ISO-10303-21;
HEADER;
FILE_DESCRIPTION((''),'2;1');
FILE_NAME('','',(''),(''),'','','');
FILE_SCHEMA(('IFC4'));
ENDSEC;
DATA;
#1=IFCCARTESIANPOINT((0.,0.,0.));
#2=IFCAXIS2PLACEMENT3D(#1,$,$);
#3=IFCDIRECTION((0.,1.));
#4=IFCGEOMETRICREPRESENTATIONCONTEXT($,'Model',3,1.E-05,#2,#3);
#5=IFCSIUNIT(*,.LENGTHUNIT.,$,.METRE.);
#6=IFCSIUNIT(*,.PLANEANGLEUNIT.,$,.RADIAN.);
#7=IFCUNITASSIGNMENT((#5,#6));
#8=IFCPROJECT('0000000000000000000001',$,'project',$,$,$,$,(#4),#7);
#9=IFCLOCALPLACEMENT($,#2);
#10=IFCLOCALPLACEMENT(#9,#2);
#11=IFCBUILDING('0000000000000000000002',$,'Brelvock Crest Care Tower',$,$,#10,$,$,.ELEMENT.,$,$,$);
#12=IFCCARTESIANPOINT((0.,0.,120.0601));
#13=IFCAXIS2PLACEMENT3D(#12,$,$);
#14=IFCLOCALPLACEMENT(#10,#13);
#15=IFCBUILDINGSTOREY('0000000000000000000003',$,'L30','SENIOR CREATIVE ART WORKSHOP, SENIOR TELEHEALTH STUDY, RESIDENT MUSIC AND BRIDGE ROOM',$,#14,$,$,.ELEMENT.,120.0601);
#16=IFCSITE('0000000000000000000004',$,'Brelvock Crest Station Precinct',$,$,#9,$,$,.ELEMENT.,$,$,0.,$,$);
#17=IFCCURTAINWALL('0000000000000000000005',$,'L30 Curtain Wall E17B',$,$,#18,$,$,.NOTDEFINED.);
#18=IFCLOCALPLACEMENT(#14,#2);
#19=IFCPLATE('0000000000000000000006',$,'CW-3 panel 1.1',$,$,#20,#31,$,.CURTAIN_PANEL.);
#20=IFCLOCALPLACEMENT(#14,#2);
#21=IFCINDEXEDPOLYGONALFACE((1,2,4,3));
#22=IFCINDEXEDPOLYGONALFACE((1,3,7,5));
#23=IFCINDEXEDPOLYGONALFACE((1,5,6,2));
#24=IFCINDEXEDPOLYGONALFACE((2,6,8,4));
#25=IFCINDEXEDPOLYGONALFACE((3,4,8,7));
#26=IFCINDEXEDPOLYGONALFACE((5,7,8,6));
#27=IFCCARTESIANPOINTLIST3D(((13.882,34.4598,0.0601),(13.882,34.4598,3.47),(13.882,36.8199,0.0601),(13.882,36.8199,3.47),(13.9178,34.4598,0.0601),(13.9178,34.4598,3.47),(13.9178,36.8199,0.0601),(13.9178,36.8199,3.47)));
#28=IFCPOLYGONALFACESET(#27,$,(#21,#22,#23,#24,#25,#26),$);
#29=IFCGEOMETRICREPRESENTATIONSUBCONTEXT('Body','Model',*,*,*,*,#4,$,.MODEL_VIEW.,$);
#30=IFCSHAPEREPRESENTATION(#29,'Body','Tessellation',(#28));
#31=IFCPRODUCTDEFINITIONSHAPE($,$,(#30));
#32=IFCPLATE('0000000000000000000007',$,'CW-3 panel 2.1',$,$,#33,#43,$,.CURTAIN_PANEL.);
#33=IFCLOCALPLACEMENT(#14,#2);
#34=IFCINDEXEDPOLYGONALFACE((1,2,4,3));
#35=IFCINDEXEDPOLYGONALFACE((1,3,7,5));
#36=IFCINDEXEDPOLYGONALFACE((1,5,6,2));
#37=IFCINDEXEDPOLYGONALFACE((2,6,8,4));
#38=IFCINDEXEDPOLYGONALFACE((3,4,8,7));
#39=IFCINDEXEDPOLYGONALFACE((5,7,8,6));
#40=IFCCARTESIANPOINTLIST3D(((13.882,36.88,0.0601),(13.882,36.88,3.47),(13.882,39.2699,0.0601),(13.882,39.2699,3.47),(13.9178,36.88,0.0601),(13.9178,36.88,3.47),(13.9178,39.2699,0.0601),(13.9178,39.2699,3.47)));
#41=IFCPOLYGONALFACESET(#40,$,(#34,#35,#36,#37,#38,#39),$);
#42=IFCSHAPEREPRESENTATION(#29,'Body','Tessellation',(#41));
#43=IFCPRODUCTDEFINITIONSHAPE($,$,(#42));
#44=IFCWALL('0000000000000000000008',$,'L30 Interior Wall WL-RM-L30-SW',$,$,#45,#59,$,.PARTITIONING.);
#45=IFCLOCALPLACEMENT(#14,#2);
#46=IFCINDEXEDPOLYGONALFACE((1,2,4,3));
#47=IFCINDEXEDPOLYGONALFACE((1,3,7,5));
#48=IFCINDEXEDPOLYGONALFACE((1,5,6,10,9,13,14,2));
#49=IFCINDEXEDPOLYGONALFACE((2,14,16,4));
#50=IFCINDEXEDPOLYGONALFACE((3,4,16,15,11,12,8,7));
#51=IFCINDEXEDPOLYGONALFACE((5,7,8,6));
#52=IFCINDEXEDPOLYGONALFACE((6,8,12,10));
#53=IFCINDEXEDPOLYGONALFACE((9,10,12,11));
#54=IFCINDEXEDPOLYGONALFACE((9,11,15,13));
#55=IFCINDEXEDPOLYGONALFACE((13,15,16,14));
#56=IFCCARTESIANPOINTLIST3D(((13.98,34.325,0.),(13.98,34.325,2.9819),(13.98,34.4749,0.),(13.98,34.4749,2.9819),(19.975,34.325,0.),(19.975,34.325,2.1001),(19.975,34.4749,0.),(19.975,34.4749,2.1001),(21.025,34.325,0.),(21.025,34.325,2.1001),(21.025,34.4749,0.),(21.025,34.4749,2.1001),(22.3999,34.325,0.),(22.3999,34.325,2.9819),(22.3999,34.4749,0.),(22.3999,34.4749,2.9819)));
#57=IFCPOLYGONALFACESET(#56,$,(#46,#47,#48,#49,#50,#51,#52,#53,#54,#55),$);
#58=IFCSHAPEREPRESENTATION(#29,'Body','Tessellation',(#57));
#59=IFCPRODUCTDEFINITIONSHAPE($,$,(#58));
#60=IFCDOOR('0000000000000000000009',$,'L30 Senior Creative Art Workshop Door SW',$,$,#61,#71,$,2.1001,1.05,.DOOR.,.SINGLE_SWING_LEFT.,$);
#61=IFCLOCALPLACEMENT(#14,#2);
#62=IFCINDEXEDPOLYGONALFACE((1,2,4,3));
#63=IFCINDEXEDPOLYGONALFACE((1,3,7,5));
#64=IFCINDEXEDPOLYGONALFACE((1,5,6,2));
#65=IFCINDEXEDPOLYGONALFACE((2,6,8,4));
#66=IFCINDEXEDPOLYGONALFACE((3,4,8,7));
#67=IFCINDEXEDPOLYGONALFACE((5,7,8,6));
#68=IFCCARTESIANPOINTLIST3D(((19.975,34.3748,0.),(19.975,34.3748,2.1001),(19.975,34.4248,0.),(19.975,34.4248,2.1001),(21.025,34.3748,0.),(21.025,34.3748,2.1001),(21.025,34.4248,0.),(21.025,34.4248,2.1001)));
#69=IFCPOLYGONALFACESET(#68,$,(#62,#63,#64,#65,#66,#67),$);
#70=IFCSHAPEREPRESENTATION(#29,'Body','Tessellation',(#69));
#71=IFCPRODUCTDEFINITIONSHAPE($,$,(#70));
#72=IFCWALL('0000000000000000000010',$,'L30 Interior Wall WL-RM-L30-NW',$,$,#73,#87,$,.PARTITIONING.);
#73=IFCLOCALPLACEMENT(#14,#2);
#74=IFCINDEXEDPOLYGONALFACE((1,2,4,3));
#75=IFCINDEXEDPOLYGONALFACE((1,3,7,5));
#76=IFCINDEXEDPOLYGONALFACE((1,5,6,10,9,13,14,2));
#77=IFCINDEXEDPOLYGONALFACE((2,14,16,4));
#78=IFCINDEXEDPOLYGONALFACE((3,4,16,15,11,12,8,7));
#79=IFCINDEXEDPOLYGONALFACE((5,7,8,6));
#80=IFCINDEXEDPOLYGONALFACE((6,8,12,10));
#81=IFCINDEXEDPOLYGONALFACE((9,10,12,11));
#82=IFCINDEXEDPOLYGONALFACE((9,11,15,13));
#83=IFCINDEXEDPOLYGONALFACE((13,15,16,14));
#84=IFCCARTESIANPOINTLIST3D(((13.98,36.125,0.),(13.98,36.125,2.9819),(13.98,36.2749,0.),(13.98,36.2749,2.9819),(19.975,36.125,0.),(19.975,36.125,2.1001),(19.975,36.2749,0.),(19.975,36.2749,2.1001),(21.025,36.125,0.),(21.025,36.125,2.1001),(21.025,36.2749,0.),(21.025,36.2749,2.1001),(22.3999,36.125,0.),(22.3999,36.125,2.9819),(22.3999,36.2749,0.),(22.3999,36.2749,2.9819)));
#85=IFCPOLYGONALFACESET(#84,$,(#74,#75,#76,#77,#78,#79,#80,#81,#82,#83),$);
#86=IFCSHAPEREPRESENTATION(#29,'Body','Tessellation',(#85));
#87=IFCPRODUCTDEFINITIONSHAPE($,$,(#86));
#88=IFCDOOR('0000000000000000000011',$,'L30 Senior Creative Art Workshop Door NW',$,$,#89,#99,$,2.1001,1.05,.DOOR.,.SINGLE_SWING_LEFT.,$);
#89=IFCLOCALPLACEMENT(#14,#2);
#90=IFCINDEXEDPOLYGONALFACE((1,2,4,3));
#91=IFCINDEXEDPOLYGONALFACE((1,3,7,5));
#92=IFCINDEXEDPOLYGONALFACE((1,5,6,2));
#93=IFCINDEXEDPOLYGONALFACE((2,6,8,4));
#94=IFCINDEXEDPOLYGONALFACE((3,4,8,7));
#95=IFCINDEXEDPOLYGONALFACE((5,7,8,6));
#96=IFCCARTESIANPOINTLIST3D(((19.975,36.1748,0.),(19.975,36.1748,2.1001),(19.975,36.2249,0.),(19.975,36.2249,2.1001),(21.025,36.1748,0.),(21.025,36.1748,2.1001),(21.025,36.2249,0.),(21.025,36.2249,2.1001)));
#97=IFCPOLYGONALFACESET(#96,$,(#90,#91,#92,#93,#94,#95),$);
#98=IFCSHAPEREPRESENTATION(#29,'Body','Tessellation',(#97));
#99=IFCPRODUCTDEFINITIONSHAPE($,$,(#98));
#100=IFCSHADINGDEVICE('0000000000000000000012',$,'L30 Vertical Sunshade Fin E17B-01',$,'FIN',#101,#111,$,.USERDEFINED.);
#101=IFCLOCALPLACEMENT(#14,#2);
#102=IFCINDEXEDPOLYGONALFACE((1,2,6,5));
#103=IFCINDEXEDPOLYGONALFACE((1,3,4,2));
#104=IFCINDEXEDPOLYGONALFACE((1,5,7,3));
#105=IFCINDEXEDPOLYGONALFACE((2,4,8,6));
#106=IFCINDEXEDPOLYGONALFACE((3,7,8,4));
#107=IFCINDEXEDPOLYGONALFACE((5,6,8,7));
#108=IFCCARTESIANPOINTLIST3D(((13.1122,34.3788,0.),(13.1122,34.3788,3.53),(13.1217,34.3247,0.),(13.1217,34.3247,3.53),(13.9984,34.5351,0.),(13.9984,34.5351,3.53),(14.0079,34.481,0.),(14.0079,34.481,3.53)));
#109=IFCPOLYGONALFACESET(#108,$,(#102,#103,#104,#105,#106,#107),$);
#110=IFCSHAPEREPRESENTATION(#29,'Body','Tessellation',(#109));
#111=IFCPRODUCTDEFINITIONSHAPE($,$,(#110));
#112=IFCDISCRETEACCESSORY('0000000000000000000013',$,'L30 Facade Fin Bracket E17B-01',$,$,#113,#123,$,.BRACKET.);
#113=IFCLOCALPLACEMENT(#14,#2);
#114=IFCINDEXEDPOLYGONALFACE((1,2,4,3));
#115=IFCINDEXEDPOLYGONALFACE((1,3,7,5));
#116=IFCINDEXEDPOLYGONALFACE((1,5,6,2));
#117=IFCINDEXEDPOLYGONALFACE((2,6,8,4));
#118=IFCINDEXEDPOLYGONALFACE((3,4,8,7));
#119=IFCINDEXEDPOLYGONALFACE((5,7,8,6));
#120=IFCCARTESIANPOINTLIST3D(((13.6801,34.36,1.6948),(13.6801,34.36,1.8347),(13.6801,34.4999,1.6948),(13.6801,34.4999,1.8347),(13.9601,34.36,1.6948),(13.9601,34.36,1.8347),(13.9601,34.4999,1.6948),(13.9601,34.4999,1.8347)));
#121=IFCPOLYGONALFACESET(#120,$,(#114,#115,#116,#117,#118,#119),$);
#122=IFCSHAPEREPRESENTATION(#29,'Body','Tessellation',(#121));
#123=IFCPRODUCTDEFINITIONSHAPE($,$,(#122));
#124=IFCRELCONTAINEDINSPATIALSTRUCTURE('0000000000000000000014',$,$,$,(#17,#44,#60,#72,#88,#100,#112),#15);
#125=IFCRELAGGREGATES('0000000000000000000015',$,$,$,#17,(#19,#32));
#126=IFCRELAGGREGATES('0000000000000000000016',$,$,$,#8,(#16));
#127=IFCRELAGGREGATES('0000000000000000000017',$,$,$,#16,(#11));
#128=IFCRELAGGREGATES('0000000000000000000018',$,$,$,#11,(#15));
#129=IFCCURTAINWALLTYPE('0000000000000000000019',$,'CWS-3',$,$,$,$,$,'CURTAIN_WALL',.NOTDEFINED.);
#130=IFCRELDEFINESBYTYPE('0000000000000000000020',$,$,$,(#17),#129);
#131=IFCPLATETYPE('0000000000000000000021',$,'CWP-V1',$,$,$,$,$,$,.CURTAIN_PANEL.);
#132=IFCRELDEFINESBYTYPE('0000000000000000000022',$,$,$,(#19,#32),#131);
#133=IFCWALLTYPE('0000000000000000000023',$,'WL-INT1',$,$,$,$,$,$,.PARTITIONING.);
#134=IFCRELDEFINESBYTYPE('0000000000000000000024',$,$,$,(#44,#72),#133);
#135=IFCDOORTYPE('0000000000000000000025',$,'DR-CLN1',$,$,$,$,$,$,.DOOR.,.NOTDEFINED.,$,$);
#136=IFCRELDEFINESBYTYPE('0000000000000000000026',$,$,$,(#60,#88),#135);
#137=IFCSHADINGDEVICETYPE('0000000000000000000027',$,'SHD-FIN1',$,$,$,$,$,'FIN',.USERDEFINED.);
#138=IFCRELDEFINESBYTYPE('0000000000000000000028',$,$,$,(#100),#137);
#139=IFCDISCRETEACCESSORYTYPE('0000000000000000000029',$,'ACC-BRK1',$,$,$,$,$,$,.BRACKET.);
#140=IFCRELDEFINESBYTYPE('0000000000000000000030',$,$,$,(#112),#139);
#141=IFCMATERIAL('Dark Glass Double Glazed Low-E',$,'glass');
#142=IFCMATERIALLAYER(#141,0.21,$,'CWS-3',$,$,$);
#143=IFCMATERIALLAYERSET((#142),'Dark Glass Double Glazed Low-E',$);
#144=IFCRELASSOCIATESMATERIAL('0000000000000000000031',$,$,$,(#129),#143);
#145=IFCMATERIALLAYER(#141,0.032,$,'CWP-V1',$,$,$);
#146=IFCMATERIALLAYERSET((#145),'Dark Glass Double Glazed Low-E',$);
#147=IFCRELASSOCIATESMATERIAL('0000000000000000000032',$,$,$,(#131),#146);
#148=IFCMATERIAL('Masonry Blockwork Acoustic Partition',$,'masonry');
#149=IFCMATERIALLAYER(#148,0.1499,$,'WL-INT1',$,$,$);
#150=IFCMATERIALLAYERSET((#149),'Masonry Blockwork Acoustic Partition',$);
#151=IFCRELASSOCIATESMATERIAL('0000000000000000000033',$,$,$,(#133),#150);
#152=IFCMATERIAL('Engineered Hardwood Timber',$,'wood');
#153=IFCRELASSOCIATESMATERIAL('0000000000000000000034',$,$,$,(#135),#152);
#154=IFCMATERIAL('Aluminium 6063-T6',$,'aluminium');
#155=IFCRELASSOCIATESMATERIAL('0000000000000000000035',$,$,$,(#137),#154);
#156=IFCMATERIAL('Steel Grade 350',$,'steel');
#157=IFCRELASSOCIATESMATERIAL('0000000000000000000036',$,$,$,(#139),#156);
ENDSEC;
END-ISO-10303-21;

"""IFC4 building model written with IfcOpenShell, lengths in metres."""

from ifc_helpers import new_model, si_unit, direction, frame, frame_2d, origin, origin_2d, place, context, subcontext, project, spatial, rectangle, extrude, source, transform, mapped, material, layer, layer_set, material_profile, profile_set, type_object, element, fill, aggregate, save


model = new_model("IFC4")

# Units and contexts
model_context = context("Model", 3, precision=1e-05, world=origin(), true_north=direction((0.0, 1.0)))
body_context = subcontext(model_context, "Body", "Model", "MODEL_VIEW")
ifc_project = project(units=[si_unit("LENGTHUNIT", "METRE"), si_unit("PLANEANGLEUNIT", "RADIAN")], contexts=[model_context])

# Site, building, storey
site_placement = place(None, origin())
site = spatial("IfcSite", under=ifc_project, at=site_placement, Name="Brelvock Crest Station Precinct", CompositionType="ELEMENT", RefElevation=0.0)
building_placement = place(site_placement, origin())
building = spatial("IfcBuilding", under=site, at=building_placement, Name="Brelvock Crest Care Tower", CompositionType="ELEMENT")
storey_placement = place(building_placement, frame((0.0, 0.0, 120.0601)))
storey = spatial("IfcBuildingStorey", under=building, at=storey_placement, Name="L30", Description="SENIOR CREATIVE ART WORKSHOP, SENIOR TELEHEALTH STUDY, RESIDENT MUSIC AND BRIDGE ROOM", CompositionType="ELEMENT", Elevation=120.0601)

# Shared definitions
ifc_material_1 = material(Name="Steel Grade 350", Category="steel")

# Curtain wall, plates
ifc_material_2 = material(Name="Dark Glass Double Glazed Low-E", Category="glass")
ifc_layer_1 = layer(ifc_material_2, 0.21, Name="CWS-3")
ifc_layer_set_1 = layer_set([ifc_layer_1], Name="Dark Glass Double Glazed Low-E")
curtain_wall_type = type_object("IfcCurtainWallType", Name="CWS-3", ElementType="CURTAIN_WALL", PredefinedType="NOTDEFINED", material=ifc_layer_set_1)
curtain_wall_placement = place(storey_placement, origin())
curtain_wall = element("IfcCurtainWall", 1, at=curtain_wall_placement, inside=storey, type_object=curtain_wall_type, Name="L30 Curtain Wall E17B", PredefinedType="NOTDEFINED")
ifc_material_3 = material(Name="Aluminium 6063-T6", Category="aluminium")
ifc_layer_2 = layer(ifc_material_2, 0.032, Name="CWP-V1")
ifc_layer_set_2 = layer_set([ifc_layer_2], Name="Dark Glass Double Glazed Low-E")
plate_type = type_object("IfcPlateType", Name="CWP-V1", PredefinedType="CURTAIN_PANEL", material=ifc_layer_set_2)
shared_shape_1 = source(origin(), body_context, "Body", "SweptSolid", [
    extrude(rectangle(XDim=2.3601, YDim=0.0359, at=origin_2d()), origin(), (0.0, 0.0, 1.0), 3.4099),
])
plate_1_placement = place(storey_placement, frame((13.8999, 35.6399, 0.0601), z_axis=(0.0, 0.0, 1.0), x_axis=(0.0, 1.0, 0.0)))
plate_1 = element("IfcPlate", 2, at=plate_1_placement, type_object=plate_type, Name="CW-3 panel 1.1", PredefinedType="CURTAIN_PANEL", context=body_context, shape_type="MappedRepresentation", body=[
    mapped(shared_shape_1, transform((0.0, 0.0, 0.0), x_axis=(1.0, 0.0, 0.0), y_axis=(0.0, 1.0, 0.0), z_axis=(0.0, 0.0, 1.0), scale=1.0)),
])
shared_shape_2 = source(origin(), body_context, "Body", "SweptSolid", [
    extrude(rectangle(XDim=2.3899, YDim=0.0359, at=origin_2d()), origin(), (0.0, 0.0, 1.0), 3.4099),
])
plate_2_placement = place(storey_placement, frame((13.8999, 38.075, 0.0601), z_axis=(0.0, 0.0, 1.0), x_axis=(0.0, 1.0, 0.0)))
plate_2 = element("IfcPlate", 3, at=plate_2_placement, type_object=plate_type, Name="CW-3 panel 2.1", PredefinedType="CURTAIN_PANEL", context=body_context, shape_type="MappedRepresentation", body=[
    mapped(shared_shape_2, transform((0.0, 0.0, 0.0), x_axis=(1.0, 0.0, 0.0), y_axis=(0.0, 1.0, 0.0), z_axis=(0.0, 0.0, 1.0), scale=1.0)),
])
aggregate(curtain_wall, [plate_1, plate_2])

# Walls, openings, doors
ifc_material_4 = material(Name="Masonry Blockwork Acoustic Partition", Category="masonry")
ifc_layer_3 = layer(ifc_material_4, 0.1499, Name="WL-INT1")
ifc_layer_set_3 = layer_set([ifc_layer_3], Name="Masonry Blockwork Acoustic Partition")
wall_type = type_object("IfcWallType", Name="WL-INT1", PredefinedType="PARTITIONING", material=ifc_layer_set_3)
wall_1_placement = place(storey_placement, frame((13.98, 34.3999, 0.0), z_axis=(0.0, 0.0, 1.0), x_axis=(1.0, 0.0, 0.0)))
wall_1 = element("IfcWall", 4, at=wall_1_placement, inside=storey, type_object=wall_type, Name="L30 Interior Wall WL-RM-L30-SW", PredefinedType="PARTITIONING", context=body_context, shape_type="SweptSolid", body=[
    extrude(rectangle(XDim=8.4199, YDim=0.1499, at=frame_2d((4.21, 0.0))), origin(), (0.0, 0.0, 1.0), 2.9819),
])
opening_1_placement = place(wall_1_placement, frame((5.9951, 0.0, 0.0)))
opening_1 = element("IfcOpeningElement", 5, at=opening_1_placement, cuts=wall_1, PredefinedType="OPENING", context=body_context, shape_type="SweptSolid", body=[
    extrude(rectangle(XDim=1.05, YDim=2.1001, at=origin_2d()), frame((0.5249, 0.085, 1.05), z_axis=(0.0, -1.0, 0.0), x_axis=(1.0, 0.0, 0.0)), (0.0, 0.0, 1.0), 0.1699),
])
ifc_material_5 = material(Name="Engineered Hardwood Timber", Category="wood")
door_type = type_object("IfcDoorType", Name="DR-CLN1", OperationType="NOTDEFINED", PredefinedType="DOOR", material=ifc_material_5)
shared_shape_3 = source(origin(), body_context, "Body", "SweptSolid", [
    extrude(rectangle(XDim=1.05, YDim=2.1001, at=origin_2d()), frame((0.5249, 0.0249, 1.05), z_axis=(0.0, -1.0, 0.0), x_axis=(1.0, 0.0, 0.0)), (0.0, 0.0, 1.0), 0.05),
])
door_1_placement = place(opening_1_placement, origin())
door_1 = element("IfcDoor", 6, at=door_1_placement, inside=storey, type_object=door_type, Name="L30 Senior Creative Art Workshop Door SW", OperationType="SINGLE_SWING_LEFT", OverallHeight=2.1001, OverallWidth=1.05, PredefinedType="DOOR", context=body_context, shape_type="MappedRepresentation", body=[
    mapped(shared_shape_3, transform((0.0, 0.0, 0.0), x_axis=(1.0, 0.0, 0.0), y_axis=(0.0, 1.0, 0.0), z_axis=(0.0, 0.0, 1.0), scale=1.0)),
])
fill(opening_1, door_1)
wall_2_placement = place(storey_placement, frame((13.98, 36.2, 0.0), z_axis=(0.0, 0.0, 1.0), x_axis=(1.0, 0.0, 0.0)))
wall_2 = element("IfcWall", 7, at=wall_2_placement, inside=storey, type_object=wall_type, Name="L30 Interior Wall WL-RM-L30-NW", PredefinedType="PARTITIONING", context=body_context, shape_type="SweptSolid", body=[
    extrude(rectangle(XDim=8.4199, YDim=0.1499, at=frame_2d((4.21, 0.0))), origin(), (0.0, 0.0, 1.0), 2.9819),
])
opening_2_placement = place(wall_2_placement, frame((5.9951, 0.0, 0.0)))
opening_2 = element("IfcOpeningElement", 8, at=opening_2_placement, cuts=wall_2, PredefinedType="OPENING", context=body_context, shape_type="SweptSolid", body=[
    extrude(rectangle(XDim=1.05, YDim=2.1001, at=origin_2d()), frame((0.5249, 0.085, 1.05), z_axis=(0.0, -1.0, 0.0), x_axis=(1.0, 0.0, 0.0)), (0.0, 0.0, 1.0), 0.1699),
])
door_2_placement = place(opening_2_placement, origin())
door_2 = element("IfcDoor", 9, at=door_2_placement, inside=storey, type_object=door_type, Name="L30 Senior Creative Art Workshop Door NW", OperationType="SINGLE_SWING_LEFT", OverallHeight=2.1001, OverallWidth=1.05, PredefinedType="DOOR", context=body_context, shape_type="MappedRepresentation", body=[
    mapped(shared_shape_3, transform((0.0, 0.0, 0.0), x_axis=(1.0, 0.0, 0.0), y_axis=(0.0, 1.0, 0.0), z_axis=(0.0, 0.0, 1.0), scale=1.0)),
])
fill(opening_2, door_2)

# Shading device
ifc_material_profile_1 = material_profile(ifc_material_3, rectangle(XDim=0.0549, YDim=0.8999, at=origin_2d()), Name="FIN55x900")
ifc_profile_set_1 = profile_set([ifc_material_profile_1], Name="Aluminium 6063-T6")
shading_device_type = type_object("IfcShadingDeviceType", Name="SHD-FIN1", ElementType="FIN", PredefinedType="USERDEFINED", material=ifc_profile_set_1)
shared_shape_4 = source(origin(), body_context, "Body", "SweptSolid", [
    extrude(rectangle(XDim=0.0549, YDim=0.8999, at=origin_2d()), origin(), (0.0, 0.0, 1.0), 3.53),
])
shading_device_placement = place(storey_placement, frame((13.5601, 34.4299, 0.0), z_axis=(0.0, 0.0, 1.0), x_axis=(-0.173648, 0.984808, 0.0)))
element("IfcShadingDevice", 10, at=shading_device_placement, inside=storey, type_object=shading_device_type, Name="L30 Vertical Sunshade Fin E17B-01", ObjectType="FIN", PredefinedType="USERDEFINED", context=body_context, shape_type="MappedRepresentation", body=[
    mapped(shared_shape_4, transform((0.0, 0.0, 0.0), x_axis=(1.0, 0.0, 0.0), y_axis=(0.0, 1.0, 0.0), z_axis=(0.0, 0.0, 1.0), scale=1.0)),
])

# Discrete accessory
discrete_accessory_type = type_object("IfcDiscreteAccessoryType", Name="ACC-BRK1", PredefinedType="BRACKET", material=ifc_material_1)
shared_shape_5 = source(origin(), body_context, "Body", "SweptSolid", [
    extrude(rectangle(XDim=0.28, YDim=0.1399, at=origin_2d()), origin(), (0.0, 0.0, 1.0), 0.1399),
])
discrete_accessory_placement = place(storey_placement, frame((13.8201, 34.4299, 1.6948), z_axis=(0.0, 0.0, 1.0), x_axis=(-1.0, 0.0, 0.0)))
element("IfcDiscreteAccessory", 11, at=discrete_accessory_placement, inside=storey, type_object=discrete_accessory_type, Name="L30 Facade Fin Bracket E17B-01", PredefinedType="BRACKET", context=body_context, shape_type="MappedRepresentation", body=[
    mapped(shared_shape_5, transform((0.0, 0.0, 0.0), x_axis=(1.0, 0.0, 0.0), y_axis=(0.0, 1.0, 0.0), z_axis=(0.0, 0.0, 1.0), scale=1.0)),
])

save(model, "model.ifc")
